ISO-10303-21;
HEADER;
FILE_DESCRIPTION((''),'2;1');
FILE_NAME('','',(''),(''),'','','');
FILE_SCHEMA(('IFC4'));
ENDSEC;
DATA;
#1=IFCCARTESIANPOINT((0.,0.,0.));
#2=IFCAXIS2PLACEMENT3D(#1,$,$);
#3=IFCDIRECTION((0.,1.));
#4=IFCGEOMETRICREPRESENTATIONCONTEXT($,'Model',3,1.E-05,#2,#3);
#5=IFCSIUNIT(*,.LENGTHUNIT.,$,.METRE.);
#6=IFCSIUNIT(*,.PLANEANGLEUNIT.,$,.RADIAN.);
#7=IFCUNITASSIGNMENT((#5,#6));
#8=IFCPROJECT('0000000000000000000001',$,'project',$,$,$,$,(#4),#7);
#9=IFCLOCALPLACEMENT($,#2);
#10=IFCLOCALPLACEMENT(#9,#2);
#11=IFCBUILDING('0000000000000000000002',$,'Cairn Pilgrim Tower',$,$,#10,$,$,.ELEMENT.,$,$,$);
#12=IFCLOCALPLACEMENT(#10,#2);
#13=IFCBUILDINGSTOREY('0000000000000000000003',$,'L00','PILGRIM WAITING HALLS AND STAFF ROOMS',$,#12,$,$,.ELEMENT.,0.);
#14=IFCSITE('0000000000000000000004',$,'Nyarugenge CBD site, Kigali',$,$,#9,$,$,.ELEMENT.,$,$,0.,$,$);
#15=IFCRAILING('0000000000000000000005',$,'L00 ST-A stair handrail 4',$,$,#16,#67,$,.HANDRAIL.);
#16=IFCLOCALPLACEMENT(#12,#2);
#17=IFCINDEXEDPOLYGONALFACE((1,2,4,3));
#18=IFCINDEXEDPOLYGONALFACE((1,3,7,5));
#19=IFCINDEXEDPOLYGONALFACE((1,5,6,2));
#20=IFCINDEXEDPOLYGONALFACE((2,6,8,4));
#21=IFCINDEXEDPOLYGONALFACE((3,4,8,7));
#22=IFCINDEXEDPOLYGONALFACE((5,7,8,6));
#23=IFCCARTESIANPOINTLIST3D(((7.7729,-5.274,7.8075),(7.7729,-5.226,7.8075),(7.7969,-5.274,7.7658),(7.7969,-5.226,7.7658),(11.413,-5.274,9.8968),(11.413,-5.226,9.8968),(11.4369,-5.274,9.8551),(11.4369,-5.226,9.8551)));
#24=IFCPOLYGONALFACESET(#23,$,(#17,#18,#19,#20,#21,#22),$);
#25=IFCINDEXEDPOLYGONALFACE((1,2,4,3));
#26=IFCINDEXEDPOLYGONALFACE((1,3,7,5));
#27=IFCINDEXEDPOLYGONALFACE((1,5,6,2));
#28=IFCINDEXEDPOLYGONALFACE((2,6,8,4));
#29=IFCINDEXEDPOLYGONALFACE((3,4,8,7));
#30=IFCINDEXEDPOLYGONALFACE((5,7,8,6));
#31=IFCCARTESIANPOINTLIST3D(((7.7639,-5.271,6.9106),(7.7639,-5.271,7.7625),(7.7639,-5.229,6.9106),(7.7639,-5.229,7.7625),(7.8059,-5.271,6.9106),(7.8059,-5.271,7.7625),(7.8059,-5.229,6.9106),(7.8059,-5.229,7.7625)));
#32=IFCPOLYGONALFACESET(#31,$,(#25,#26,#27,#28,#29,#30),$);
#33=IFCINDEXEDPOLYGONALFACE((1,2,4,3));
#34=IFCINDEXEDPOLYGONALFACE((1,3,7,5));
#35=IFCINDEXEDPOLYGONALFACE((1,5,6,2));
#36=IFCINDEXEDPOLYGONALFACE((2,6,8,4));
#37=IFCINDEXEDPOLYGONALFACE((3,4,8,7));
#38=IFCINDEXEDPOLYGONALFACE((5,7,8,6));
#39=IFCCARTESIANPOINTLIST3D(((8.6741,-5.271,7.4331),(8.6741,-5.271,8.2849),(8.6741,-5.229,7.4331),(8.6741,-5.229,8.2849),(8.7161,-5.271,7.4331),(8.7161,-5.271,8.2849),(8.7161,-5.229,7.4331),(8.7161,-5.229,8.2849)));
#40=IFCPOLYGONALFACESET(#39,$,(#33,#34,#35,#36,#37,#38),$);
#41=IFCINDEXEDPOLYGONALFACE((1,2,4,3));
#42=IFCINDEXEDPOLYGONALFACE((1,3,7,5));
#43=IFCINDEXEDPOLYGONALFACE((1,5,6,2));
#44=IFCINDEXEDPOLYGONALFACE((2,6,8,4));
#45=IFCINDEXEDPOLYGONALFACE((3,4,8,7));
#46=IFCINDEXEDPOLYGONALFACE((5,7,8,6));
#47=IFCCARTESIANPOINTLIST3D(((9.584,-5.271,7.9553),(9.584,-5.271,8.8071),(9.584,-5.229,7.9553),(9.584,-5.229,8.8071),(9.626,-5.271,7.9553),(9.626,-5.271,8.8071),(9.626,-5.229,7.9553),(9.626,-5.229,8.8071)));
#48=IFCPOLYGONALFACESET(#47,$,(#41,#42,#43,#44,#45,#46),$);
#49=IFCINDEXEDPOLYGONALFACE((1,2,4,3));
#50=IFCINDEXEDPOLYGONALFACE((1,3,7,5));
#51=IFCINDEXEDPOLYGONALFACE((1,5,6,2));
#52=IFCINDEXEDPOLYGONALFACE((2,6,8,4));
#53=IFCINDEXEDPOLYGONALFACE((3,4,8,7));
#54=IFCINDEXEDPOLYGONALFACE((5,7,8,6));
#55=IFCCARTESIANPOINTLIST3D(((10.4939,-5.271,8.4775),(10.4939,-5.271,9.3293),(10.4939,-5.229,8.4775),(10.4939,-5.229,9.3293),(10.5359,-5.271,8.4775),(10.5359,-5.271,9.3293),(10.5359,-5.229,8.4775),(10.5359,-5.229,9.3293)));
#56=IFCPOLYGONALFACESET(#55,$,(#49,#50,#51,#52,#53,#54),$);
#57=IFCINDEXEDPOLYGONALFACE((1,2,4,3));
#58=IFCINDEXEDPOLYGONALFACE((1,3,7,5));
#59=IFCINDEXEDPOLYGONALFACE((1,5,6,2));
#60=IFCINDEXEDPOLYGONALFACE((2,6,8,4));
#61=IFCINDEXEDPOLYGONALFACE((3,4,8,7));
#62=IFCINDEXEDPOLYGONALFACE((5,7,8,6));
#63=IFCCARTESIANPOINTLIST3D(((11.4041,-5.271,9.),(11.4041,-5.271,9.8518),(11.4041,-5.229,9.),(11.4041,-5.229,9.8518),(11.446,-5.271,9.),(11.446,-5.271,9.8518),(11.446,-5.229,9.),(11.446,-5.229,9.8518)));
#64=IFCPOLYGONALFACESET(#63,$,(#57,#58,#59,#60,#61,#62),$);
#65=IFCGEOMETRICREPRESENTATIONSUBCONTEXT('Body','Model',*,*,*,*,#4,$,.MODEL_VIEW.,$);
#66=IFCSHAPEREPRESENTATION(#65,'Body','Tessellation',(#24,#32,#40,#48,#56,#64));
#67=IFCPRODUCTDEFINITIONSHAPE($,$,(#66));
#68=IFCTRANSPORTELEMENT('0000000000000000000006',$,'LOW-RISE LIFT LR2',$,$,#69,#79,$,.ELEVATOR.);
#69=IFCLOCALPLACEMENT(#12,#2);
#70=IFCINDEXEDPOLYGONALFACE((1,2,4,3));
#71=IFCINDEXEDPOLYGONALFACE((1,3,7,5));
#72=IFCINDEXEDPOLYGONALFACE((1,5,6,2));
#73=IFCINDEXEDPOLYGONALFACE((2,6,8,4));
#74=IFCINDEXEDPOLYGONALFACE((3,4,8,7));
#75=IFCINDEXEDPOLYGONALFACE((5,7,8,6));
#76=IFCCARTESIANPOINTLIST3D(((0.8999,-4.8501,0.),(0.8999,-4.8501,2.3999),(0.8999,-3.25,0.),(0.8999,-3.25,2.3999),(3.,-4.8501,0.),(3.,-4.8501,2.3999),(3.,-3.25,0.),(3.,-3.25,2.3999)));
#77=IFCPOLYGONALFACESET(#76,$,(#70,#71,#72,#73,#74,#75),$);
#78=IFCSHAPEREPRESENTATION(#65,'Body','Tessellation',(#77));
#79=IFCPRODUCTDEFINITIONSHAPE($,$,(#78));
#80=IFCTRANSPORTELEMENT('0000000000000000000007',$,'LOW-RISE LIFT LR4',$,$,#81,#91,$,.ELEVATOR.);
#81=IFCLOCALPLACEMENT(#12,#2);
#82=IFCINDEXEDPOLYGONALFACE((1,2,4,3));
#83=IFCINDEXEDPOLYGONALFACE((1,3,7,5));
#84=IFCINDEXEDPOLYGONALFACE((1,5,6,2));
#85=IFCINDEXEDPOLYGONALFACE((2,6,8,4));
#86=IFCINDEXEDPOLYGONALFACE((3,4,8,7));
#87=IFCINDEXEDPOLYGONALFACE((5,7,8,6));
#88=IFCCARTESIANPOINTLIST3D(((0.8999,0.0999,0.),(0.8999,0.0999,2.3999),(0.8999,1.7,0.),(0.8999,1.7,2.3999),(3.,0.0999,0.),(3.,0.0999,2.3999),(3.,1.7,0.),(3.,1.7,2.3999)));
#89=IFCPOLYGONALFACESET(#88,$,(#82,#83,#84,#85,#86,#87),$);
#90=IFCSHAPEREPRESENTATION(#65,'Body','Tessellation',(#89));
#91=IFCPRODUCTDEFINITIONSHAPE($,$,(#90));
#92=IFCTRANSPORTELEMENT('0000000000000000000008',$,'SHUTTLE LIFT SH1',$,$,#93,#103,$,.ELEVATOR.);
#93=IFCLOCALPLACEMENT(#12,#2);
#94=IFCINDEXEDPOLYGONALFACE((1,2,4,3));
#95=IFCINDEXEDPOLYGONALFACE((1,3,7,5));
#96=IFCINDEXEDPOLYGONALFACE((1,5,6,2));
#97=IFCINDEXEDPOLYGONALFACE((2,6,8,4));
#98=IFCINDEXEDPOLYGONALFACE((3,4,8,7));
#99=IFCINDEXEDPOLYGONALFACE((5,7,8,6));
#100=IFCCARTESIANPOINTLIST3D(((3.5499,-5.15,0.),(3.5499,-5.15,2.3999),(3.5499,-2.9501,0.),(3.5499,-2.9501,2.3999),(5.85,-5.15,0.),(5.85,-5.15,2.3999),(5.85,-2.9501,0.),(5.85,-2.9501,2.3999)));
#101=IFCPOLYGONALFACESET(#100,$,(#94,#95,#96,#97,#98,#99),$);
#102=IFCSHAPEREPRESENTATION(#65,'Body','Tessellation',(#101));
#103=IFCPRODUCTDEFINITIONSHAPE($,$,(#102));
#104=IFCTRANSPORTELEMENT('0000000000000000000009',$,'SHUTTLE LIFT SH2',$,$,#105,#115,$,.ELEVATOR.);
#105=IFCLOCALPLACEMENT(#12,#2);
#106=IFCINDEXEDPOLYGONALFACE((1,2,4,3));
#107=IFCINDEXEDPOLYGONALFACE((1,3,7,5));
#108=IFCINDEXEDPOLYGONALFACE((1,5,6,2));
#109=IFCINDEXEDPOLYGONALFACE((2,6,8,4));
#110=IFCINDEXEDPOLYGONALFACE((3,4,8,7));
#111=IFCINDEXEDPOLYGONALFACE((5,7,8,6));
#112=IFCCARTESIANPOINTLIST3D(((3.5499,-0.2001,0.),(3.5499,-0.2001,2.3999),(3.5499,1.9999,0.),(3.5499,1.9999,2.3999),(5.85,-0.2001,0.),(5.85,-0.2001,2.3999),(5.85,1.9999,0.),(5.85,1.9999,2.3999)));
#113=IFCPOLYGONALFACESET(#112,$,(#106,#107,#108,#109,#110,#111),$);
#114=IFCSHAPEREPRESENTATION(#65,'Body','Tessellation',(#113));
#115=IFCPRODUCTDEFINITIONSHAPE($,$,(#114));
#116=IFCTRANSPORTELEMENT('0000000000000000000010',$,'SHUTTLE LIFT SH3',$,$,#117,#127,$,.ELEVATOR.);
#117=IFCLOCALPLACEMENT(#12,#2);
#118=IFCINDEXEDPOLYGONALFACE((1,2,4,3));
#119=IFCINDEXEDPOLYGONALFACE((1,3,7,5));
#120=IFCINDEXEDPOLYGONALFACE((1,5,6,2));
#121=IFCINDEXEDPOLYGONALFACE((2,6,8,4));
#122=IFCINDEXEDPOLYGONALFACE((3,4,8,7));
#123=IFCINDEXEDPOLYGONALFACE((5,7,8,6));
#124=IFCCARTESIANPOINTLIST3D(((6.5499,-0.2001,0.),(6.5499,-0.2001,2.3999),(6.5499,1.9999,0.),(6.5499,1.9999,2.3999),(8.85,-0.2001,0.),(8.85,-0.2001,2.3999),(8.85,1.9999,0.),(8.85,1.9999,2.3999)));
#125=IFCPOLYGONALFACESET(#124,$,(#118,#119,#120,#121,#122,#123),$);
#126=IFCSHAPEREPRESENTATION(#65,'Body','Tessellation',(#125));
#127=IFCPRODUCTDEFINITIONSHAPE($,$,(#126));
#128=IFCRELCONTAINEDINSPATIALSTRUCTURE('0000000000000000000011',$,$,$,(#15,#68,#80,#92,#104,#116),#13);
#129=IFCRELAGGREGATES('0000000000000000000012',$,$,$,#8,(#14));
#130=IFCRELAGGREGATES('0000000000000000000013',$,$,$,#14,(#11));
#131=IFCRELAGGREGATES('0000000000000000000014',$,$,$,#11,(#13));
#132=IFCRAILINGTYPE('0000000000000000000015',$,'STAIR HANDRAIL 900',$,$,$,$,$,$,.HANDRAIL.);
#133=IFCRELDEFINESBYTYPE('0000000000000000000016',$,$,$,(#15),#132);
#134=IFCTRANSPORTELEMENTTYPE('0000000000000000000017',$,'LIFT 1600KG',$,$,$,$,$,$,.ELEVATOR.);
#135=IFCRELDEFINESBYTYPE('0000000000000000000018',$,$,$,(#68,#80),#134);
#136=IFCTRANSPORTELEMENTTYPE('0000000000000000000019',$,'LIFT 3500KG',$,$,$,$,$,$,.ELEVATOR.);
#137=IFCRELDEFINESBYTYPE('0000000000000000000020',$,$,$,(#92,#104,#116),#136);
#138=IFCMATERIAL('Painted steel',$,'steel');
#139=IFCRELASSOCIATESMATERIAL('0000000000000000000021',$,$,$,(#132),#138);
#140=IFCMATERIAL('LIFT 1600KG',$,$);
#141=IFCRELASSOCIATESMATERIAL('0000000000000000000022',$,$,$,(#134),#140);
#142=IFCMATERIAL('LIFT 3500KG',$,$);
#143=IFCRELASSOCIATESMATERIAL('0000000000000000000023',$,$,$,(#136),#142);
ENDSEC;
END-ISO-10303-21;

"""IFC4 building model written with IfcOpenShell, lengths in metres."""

from ifc_helpers import new_model, si_unit, direction, frame, origin, origin_2d, place, context, subcontext, project, spatial, rectangle, extrude, material, type_object, element, save


model = new_model("IFC4")

# Units and contexts
model_context = context("Model", 3, precision=1e-05, world=origin(), true_north=direction((0.0, 1.0)))
body_context = subcontext(model_context, "Body", "Model", "MODEL_VIEW")
ifc_project = project(units=[si_unit("LENGTHUNIT", "METRE"), si_unit("PLANEANGLEUNIT", "RADIAN")], contexts=[model_context])

# Site, building, storey
site_placement = place(None, origin())
site = spatial("IfcSite", under=ifc_project, at=site_placement, Name="Nyarugenge CBD site, Kigali", CompositionType="ELEMENT", RefElevation=0.0)
building_placement = place(site_placement, origin())
building = spatial("IfcBuilding", under=site, at=building_placement, Name="Cairn Pilgrim Tower", CompositionType="ELEMENT")
storey_placement = place(building_placement, origin())
storey = spatial("IfcBuildingStorey", under=building, at=storey_placement, Name="L00", Description="PILGRIM WAITING HALLS AND STAFF ROOMS", CompositionType="ELEMENT", Elevation=0.0)

# Shared definitions
ifc_material_1 = material(Name="Painted steel", Category="steel")

# Railing
railing_type_1 = type_object("IfcRailingType", Name="STAIR HANDRAIL 900", PredefinedType="HANDRAIL", material=ifc_material_1)
railing_1_placement = place(storey_placement, frame((7.7849, -5.25, 6.9106)))
element("IfcRailing", 1, at=railing_1_placement, inside=storey, type_object=railing_type_1, Name="L00 ST-A stair handrail 4", PredefinedType="HANDRAIL", context=body_context, shape_type="SweptSolid", body=[
    extrude(rectangle(XDim=0.0481, YDim=0.0481, at=origin_2d()), frame((0.0, 0.0, 0.876), z_axis=(0.867289, 0.0, 0.497804), x_axis=(0.0, 1.0, 0.0)), (0.0, 0.0, 1.0), 4.197),
    extrude(rectangle(XDim=0.042, YDim=0.042, at=origin_2d()), origin(), (0.0, 0.0, 1.0), 0.8518),
    extrude(rectangle(XDim=0.042, YDim=0.042, at=origin_2d()), frame((0.9102, 0.0, 0.5225)), (0.0, 0.0, 1.0), 0.8518),
    extrude(rectangle(XDim=0.042, YDim=0.042, at=origin_2d()), frame((1.8201, 0.0, 1.0447)), (0.0, 0.0, 1.0), 0.8518),
    extrude(rectangle(XDim=0.042, YDim=0.042, at=origin_2d()), frame((2.73, 0.0, 1.5669)), (0.0, 0.0, 1.0), 0.8518),
    extrude(rectangle(XDim=0.042, YDim=0.042, at=origin_2d()), frame((3.6401, 0.0, 2.0894)), (0.0, 0.0, 1.0), 0.8518),
])

# Transport elements
ifc_material_2 = material(Name="LIFT 1600KG")
transport_element_type_1 = type_object("IfcTransportElementType", Name="LIFT 1600KG", PredefinedType="ELEVATOR", material=ifc_material_2)
for number, where, z_axis, x_axis, name in (
    (2, (1.95, -4.05, 0.0), (0.0, 0.0, 1.0), (1.0, 0.0, 0.0), "LOW-RISE LIFT LR2"),
    (3, (1.95, 0.8999, 0.0), (0.0, 0.0, 1.0), (1.0, 0.0, 0.0), "LOW-RISE LIFT LR4"),
):
    element("IfcTransportElement", number, at=place(storey_placement, frame(where, z_axis=z_axis, x_axis=x_axis)), inside=storey, type_object=transport_element_type_1, Name=name, PredefinedType="ELEVATOR", context=body_context, shape_type="SweptSolid", body=[
        extrude(rectangle(XDim=2.1001, YDim=1.6001, at=origin_2d()), origin(), (0.0, 0.0, 1.0), 2.3999),
    ])
ifc_material_3 = material(Name="LIFT 3500KG")
transport_element_type_2 = type_object("IfcTransportElementType", Name="LIFT 3500KG", PredefinedType="ELEVATOR", material=ifc_material_3)
for number, where, z_axis, x_axis, name in (
    (4, (4.7, -4.05, 0.0), (0.0, 0.0, 1.0), (1.0, 0.0, 0.0), "SHUTTLE LIFT SH1"),
    (5, (4.7, 0.8999, 0.0), (0.0, 0.0, 1.0), (1.0, 0.0, 0.0), "SHUTTLE LIFT SH2"),
    (6, (7.7, 0.8999, 0.0), (0.0, 0.0, 1.0), (1.0, 0.0, 0.0), "SHUTTLE LIFT SH3"),
):
    element("IfcTransportElement", number, at=place(storey_placement, frame(where, z_axis=z_axis, x_axis=x_axis)), inside=storey, type_object=transport_element_type_2, Name=name, PredefinedType="ELEVATOR", context=body_context, shape_type="SweptSolid", body=[
        extrude(rectangle(XDim=2.3, YDim=2.2, at=origin_2d()), origin(), (0.0, 0.0, 1.0), 2.3999),
    ])

save(model, "model.ifc")
